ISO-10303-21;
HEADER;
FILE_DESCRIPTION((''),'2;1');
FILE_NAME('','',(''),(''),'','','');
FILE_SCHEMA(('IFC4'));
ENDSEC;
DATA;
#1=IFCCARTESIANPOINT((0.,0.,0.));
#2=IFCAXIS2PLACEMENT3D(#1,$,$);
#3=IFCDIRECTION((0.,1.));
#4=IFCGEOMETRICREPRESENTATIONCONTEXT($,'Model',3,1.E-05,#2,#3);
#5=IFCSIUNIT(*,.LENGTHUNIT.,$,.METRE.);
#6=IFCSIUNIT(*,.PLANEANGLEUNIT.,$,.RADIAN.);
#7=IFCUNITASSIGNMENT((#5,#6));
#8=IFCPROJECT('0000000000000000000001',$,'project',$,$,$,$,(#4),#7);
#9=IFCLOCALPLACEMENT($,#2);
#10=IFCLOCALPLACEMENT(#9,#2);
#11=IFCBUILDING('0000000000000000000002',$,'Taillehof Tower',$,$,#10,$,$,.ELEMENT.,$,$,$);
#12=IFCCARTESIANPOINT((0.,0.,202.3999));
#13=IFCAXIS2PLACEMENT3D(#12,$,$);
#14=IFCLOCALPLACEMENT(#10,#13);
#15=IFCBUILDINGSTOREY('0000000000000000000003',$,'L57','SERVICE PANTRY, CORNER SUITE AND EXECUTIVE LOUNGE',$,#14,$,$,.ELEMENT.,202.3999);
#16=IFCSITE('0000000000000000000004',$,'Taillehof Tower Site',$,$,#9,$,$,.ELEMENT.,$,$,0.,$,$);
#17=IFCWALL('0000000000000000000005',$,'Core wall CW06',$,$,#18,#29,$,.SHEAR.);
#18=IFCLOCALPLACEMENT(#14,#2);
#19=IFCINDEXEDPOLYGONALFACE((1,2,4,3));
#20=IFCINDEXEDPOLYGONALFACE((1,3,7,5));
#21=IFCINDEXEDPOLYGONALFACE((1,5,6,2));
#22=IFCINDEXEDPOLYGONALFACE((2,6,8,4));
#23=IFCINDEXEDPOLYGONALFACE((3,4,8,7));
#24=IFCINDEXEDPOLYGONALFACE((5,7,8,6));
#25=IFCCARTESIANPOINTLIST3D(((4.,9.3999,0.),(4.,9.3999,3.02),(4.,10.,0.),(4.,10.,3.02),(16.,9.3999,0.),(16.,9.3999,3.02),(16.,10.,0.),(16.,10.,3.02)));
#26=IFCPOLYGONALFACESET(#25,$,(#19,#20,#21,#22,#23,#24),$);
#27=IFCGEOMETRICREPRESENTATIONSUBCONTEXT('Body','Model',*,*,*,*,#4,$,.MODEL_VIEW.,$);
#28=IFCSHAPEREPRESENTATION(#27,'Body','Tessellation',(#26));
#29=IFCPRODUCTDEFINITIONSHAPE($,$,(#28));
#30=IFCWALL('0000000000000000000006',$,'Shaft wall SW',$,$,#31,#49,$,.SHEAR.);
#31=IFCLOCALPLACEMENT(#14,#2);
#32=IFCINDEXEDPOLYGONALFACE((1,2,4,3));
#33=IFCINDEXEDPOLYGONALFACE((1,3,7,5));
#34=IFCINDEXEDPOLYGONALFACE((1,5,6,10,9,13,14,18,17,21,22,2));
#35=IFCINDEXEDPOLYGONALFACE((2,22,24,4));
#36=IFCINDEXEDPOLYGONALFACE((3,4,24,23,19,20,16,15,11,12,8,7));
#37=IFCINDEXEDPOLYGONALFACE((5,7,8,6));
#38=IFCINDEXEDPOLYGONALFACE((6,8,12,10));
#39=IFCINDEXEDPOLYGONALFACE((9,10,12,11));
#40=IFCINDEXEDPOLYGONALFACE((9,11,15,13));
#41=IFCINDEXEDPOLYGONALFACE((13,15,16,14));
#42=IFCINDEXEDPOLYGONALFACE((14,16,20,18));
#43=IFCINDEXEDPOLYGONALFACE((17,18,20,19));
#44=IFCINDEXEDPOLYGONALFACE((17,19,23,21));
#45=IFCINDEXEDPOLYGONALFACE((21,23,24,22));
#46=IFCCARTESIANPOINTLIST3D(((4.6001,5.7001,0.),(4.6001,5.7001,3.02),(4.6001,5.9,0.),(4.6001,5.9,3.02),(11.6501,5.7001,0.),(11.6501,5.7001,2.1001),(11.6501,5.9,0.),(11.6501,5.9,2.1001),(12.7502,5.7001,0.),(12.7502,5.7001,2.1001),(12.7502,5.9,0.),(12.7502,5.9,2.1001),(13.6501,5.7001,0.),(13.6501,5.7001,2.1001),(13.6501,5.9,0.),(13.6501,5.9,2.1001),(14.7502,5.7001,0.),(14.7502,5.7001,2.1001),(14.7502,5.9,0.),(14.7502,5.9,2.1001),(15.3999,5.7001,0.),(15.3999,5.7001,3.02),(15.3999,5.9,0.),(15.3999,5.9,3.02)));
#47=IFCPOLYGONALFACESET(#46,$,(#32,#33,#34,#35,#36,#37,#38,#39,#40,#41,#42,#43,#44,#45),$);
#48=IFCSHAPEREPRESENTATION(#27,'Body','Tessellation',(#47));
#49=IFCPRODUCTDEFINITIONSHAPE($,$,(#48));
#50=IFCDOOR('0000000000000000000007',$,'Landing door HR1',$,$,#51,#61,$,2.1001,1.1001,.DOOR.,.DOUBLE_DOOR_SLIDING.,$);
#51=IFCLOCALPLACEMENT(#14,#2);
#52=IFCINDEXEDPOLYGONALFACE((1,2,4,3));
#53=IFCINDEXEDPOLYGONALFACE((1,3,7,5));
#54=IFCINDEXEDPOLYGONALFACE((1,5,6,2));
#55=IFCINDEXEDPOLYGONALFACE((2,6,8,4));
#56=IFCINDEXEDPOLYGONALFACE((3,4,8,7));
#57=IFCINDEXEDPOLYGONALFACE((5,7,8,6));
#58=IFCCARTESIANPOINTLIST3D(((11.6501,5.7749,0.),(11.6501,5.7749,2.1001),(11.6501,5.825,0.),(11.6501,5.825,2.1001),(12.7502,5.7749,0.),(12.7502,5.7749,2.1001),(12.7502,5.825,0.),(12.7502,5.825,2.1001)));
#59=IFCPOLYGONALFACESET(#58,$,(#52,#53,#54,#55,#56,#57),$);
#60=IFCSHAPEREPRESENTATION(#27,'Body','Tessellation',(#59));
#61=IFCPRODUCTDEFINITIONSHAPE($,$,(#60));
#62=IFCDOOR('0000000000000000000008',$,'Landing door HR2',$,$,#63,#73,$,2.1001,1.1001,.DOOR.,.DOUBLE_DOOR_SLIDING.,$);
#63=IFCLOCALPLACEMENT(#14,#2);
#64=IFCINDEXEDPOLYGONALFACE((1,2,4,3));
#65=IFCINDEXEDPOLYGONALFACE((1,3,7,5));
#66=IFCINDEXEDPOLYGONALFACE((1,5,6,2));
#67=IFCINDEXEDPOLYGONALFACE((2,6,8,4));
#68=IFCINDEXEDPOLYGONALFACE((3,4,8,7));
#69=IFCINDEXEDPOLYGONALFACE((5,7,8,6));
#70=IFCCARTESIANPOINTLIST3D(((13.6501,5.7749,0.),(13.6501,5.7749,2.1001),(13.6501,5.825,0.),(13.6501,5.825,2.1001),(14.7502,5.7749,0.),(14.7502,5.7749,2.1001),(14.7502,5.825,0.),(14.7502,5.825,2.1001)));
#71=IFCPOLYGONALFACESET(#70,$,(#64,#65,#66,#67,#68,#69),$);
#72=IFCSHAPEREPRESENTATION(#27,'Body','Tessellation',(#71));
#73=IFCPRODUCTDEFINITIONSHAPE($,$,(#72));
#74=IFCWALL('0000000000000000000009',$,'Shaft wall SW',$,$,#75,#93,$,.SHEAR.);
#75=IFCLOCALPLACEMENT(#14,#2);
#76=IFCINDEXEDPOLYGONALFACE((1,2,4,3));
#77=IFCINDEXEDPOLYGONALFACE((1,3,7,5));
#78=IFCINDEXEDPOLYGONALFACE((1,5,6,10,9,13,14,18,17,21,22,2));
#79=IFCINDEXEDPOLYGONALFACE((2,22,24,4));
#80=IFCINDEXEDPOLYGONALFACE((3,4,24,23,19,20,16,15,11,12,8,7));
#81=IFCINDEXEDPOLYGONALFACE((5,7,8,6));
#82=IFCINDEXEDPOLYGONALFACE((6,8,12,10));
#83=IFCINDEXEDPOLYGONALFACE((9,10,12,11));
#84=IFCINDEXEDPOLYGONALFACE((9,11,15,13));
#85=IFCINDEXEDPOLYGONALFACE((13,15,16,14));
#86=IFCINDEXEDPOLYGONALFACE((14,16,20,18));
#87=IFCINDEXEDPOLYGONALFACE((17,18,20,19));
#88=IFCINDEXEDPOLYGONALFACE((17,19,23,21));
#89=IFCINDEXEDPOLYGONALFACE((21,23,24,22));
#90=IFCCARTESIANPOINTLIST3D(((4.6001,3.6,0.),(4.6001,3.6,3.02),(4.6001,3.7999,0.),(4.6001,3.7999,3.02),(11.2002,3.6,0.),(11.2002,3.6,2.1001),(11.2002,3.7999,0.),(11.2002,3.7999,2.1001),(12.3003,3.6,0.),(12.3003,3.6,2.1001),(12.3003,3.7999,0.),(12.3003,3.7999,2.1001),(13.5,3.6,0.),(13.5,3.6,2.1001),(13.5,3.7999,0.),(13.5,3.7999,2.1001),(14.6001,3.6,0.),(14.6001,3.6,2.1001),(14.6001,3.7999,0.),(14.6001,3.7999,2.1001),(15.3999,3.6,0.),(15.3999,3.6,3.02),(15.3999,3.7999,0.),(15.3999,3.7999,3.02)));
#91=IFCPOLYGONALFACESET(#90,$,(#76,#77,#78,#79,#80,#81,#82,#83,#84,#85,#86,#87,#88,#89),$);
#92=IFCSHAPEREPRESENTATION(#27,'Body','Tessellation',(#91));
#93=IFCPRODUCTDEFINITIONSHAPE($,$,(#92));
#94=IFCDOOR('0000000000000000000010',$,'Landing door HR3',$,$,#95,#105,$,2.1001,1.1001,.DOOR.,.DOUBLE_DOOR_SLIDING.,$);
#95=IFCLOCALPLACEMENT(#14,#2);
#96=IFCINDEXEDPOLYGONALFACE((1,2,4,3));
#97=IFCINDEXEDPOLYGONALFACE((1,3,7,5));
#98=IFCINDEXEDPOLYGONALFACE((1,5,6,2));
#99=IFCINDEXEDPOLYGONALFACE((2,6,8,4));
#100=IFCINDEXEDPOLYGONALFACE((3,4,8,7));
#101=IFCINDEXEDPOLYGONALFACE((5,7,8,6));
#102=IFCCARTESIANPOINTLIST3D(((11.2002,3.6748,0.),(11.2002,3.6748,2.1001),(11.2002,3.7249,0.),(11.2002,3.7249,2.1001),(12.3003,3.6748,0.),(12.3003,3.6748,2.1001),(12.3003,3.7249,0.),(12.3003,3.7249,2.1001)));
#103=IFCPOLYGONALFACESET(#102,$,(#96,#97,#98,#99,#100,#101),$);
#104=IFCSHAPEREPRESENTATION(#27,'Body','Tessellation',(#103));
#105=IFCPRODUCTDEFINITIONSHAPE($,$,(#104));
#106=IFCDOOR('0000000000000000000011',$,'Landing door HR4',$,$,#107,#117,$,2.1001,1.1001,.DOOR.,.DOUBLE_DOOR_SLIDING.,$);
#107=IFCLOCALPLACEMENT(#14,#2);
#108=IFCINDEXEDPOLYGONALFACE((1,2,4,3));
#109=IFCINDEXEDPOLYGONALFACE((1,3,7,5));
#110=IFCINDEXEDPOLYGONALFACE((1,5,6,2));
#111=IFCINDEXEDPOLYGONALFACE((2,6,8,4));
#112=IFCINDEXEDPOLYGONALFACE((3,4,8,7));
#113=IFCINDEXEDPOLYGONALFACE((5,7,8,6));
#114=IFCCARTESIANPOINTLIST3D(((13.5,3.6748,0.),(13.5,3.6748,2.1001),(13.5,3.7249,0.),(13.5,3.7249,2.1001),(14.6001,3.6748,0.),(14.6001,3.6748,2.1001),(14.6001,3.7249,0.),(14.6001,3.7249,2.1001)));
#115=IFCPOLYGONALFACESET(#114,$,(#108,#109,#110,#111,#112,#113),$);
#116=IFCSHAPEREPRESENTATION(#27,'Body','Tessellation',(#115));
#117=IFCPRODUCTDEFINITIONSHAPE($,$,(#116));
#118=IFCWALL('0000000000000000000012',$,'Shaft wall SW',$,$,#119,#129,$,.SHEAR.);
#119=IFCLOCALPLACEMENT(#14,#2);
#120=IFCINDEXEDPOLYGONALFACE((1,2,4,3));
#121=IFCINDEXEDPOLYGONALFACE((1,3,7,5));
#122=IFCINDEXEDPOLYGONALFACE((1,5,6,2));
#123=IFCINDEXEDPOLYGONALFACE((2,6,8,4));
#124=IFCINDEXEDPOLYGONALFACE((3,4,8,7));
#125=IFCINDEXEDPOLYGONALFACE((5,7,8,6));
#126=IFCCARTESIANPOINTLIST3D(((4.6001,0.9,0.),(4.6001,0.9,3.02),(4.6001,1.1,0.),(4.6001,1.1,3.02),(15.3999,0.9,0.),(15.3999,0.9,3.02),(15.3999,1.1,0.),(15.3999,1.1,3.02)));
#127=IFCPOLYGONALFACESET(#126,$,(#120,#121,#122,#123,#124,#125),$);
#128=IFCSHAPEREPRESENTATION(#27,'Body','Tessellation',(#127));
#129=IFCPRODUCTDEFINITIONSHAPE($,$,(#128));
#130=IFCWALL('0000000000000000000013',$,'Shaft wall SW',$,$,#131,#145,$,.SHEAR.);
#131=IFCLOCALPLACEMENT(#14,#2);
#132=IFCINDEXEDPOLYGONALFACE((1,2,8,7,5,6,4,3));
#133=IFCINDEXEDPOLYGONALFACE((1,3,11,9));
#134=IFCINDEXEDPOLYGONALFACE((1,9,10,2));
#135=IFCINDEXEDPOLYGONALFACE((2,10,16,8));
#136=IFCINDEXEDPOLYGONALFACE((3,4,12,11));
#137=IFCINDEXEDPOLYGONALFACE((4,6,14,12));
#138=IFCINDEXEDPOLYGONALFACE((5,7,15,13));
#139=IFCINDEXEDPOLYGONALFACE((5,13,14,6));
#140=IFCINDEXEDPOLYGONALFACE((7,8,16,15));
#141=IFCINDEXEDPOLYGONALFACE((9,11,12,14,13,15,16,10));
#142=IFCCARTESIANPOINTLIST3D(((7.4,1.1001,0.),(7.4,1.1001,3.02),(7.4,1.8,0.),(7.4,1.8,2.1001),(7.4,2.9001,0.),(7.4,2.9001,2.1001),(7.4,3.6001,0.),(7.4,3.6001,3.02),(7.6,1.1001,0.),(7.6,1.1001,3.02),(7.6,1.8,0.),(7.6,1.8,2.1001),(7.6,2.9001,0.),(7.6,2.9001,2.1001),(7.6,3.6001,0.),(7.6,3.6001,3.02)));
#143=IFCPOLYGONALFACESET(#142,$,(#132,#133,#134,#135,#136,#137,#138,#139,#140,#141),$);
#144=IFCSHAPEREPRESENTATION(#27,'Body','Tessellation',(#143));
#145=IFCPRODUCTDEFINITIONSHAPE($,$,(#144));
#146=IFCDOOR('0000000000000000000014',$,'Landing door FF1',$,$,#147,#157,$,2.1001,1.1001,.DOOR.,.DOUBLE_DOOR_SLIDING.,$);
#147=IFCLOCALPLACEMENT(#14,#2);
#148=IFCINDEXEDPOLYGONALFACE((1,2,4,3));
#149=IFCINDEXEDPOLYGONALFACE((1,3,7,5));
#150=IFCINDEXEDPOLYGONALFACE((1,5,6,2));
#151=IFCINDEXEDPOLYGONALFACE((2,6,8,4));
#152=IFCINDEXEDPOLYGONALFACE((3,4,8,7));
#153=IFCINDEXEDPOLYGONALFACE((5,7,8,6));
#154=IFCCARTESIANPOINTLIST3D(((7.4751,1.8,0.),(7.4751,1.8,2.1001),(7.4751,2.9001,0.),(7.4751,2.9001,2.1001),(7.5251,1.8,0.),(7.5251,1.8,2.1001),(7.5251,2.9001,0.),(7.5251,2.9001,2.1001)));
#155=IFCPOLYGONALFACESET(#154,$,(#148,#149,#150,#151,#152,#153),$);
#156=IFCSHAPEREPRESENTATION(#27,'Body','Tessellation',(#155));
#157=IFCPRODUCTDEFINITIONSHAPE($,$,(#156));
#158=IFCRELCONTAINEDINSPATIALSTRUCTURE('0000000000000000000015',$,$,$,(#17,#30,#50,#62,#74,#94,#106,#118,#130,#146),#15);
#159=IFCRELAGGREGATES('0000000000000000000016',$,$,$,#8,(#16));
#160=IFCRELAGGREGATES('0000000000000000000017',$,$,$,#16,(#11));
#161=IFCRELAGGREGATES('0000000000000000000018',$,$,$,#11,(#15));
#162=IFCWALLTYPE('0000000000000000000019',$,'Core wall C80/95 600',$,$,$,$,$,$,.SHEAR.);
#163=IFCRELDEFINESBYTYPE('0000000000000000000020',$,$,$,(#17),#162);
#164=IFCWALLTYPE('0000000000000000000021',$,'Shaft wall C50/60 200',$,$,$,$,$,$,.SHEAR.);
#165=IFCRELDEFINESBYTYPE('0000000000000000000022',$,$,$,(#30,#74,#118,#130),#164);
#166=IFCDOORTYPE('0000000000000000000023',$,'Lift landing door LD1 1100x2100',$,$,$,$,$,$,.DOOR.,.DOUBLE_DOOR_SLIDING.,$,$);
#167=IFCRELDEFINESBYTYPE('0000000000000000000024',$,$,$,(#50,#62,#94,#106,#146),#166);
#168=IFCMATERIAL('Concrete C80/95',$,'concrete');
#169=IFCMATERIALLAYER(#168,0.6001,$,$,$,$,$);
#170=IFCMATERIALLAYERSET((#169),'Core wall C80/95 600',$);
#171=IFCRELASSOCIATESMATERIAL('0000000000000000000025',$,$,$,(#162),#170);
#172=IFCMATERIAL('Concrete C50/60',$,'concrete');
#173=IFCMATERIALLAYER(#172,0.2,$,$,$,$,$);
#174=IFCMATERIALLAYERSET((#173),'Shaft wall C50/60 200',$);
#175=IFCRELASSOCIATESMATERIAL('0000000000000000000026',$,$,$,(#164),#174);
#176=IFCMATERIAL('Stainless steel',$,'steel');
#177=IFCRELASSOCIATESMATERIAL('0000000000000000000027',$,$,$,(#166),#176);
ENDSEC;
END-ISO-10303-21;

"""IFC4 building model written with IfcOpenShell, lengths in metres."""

from ifc_helpers import new_model, si_unit, direction, frame, frame_2d, origin, place, context, subcontext, project, spatial, rectangle, extrude, material, layer, layer_set, type_object, element, fill, save


model = new_model("IFC4")

# Units and contexts
model_context = context("Model", 3, precision=1e-05, world=origin(), true_north=direction((0.0, 1.0)))
body_context = subcontext(model_context, "Body", "Model", "MODEL_VIEW")
ifc_project = project(units=[si_unit("LENGTHUNIT", "METRE"), si_unit("PLANEANGLEUNIT", "RADIAN")], contexts=[model_context])

# Site, building, storey
site_placement = place(None, origin())
site = spatial("IfcSite", under=ifc_project, at=site_placement, Name="Taillehof Tower Site", CompositionType="ELEMENT", RefElevation=0.0)
building_placement = place(site_placement, origin())
building = spatial("IfcBuilding", under=site, at=building_placement, Name="Taillehof Tower", CompositionType="ELEMENT")
storey_placement = place(building_placement, frame((0.0, 0.0, 202.3999)))
storey = spatial("IfcBuildingStorey", under=building, at=storey_placement, Name="L57", Description="SERVICE PANTRY, CORNER SUITE AND EXECUTIVE LOUNGE", CompositionType="ELEMENT", Elevation=202.3999)

# Wall
ifc_material_1 = material(Name="Concrete C80/95", Category="concrete")
ifc_layer_1 = layer(ifc_material_1, 0.6001)
ifc_layer_set_1 = layer_set([ifc_layer_1], Name="Core wall C80/95 600")
wall_type_1 = type_object("IfcWallType", Name="Core wall C80/95 600", PredefinedType="SHEAR", material=ifc_layer_set_1)
wall_1_placement = place(storey_placement, frame((4.0, 9.7, 0.0), z_axis=(0.0, 0.0, 1.0), x_axis=(1.0, 0.0, 0.0)))
element("IfcWall", 1, at=wall_1_placement, inside=storey, type_object=wall_type_1, Name="Core wall CW06", PredefinedType="SHEAR", context=body_context, shape_type="SweptSolid", body=[
    extrude(rectangle(XDim=12.0, YDim=0.6001, at=frame_2d((6.0, 0.0))), origin(), (0.0, 0.0, 1.0), 3.02),
])

# Walls, openings, doors
ifc_material_2 = material(Name="Concrete C50/60", Category="concrete")
ifc_layer_2 = layer(ifc_material_2, 0.2)
ifc_layer_set_2 = layer_set([ifc_layer_2], Name="Shaft wall C50/60 200")
wall_type_2 = type_object("IfcWallType", Name="Shaft wall C50/60 200", PredefinedType="SHEAR", material=ifc_layer_set_2)
wall_2_placement = place(storey_placement, frame((4.6001, 5.8, 0.0), z_axis=(0.0, 0.0, 1.0), x_axis=(1.0, 0.0, 0.0)))
wall_2 = element("IfcWall", 2, at=wall_2_placement, inside=storey, type_object=wall_type_2, Name="Shaft wall SW", PredefinedType="SHEAR", context=body_context, shape_type="SweptSolid", body=[
    extrude(rectangle(XDim=10.7998, YDim=0.2, at=frame_2d((5.3999, 0.0))), origin(), (0.0, 0.0, 1.0), 3.02),
])
opening_1_placement = place(wall_2_placement, frame((7.05, 0.0, 0.0)))
opening_1 = element("IfcOpeningElement", 3, at=opening_1_placement, cuts=wall_2, PredefinedType="OPENING", context=body_context, shape_type="SweptSolid", body=[
    extrude(rectangle(XDim=1.1001, YDim=2.1001, at=frame_2d((0.55, 1.05))), frame((0.0, 0.1099, 0.0), z_axis=(0.0, -1.0, 0.0), x_axis=(1.0, 0.0, 0.0)), (0.0, 0.0, 1.0), 0.22),
])
opening_2_placement = place(wall_2_placement, frame((9.05, 0.0, 0.0)))
opening_2 = element("IfcOpeningElement", 4, at=opening_2_placement, cuts=wall_2, PredefinedType="OPENING", context=body_context, shape_type="SweptSolid", body=[
    extrude(rectangle(XDim=1.1001, YDim=2.1001, at=frame_2d((0.55, 1.05))), frame((0.0, 0.1099, 0.0), z_axis=(0.0, -1.0, 0.0), x_axis=(1.0, 0.0, 0.0)), (0.0, 0.0, 1.0), 0.22),
])
ifc_material_3 = material(Name="Stainless steel", Category="steel")
door_type_1 = type_object("IfcDoorType", Name="Lift landing door LD1 1100x2100", OperationType="DOUBLE_DOOR_SLIDING", PredefinedType="DOOR", material=ifc_material_3)
door_1_placement = place(opening_1_placement, origin())
door_1 = element("IfcDoor", 5, at=door_1_placement, inside=storey, type_object=door_type_1, Name="Landing door HR1", OperationType="DOUBLE_DOOR_SLIDING", OverallHeight=2.1001, OverallWidth=1.1001, PredefinedType="DOOR", context=body_context, shape_type="SweptSolid", body=[
    extrude(rectangle(XDim=1.1001, YDim=2.1001, at=frame_2d((0.55, 1.05))), frame((0.0, 0.0249, 0.0), z_axis=(0.0, -1.0, 0.0), x_axis=(1.0, 0.0, 0.0)), (0.0, 0.0, 1.0), 0.05),
])
fill(opening_1, door_1)
door_2_placement = place(opening_2_placement, origin())
door_2 = element("IfcDoor", 6, at=door_2_placement, inside=storey, type_object=door_type_1, Name="Landing door HR2", OperationType="DOUBLE_DOOR_SLIDING", OverallHeight=2.1001, OverallWidth=1.1001, PredefinedType="DOOR", context=body_context, shape_type="SweptSolid", body=[
    extrude(rectangle(XDim=1.1001, YDim=2.1001, at=frame_2d((0.55, 1.05))), frame((0.0, 0.0249, 0.0), z_axis=(0.0, -1.0, 0.0), x_axis=(1.0, 0.0, 0.0)), (0.0, 0.0, 1.0), 0.05),
])
fill(opening_2, door_2)
wall_3_placement = place(storey_placement, frame((4.6001, 3.7, 0.0), z_axis=(0.0, 0.0, 1.0), x_axis=(1.0, 0.0, 0.0)))
wall_3 = element("IfcWall", 7, at=wall_3_placement, inside=storey, type_object=wall_type_2, Name="Shaft wall SW", PredefinedType="SHEAR", context=body_context, shape_type="SweptSolid", body=[
    extrude(rectangle(XDim=10.7998, YDim=0.2, at=frame_2d((5.3999, 0.0))), origin(), (0.0, 0.0, 1.0), 3.02),
])
opening_3_placement = place(wall_3_placement, frame((6.6001, 0.0, 0.0)))
opening_3 = element("IfcOpeningElement", 8, at=opening_3_placement, cuts=wall_3, PredefinedType="OPENING", context=body_context, shape_type="SweptSolid", body=[
    extrude(rectangle(XDim=1.1001, YDim=2.1001, at=frame_2d((0.55, 1.05))), frame((0.0, 0.1099, 0.0), z_axis=(0.0, -1.0, 0.0), x_axis=(1.0, 0.0, 0.0)), (0.0, 0.0, 1.0), 0.22),
])
opening_4_placement = place(wall_3_placement, frame((8.8999, 0.0, 0.0)))
opening_4 = element("IfcOpeningElement", 9, at=opening_4_placement, cuts=wall_3, PredefinedType="OPENING", context=body_context, shape_type="SweptSolid", body=[
    extrude(rectangle(XDim=1.1001, YDim=2.1001, at=frame_2d((0.55, 1.05))), frame((0.0, 0.1099, 0.0), z_axis=(0.0, -1.0, 0.0), x_axis=(1.0, 0.0, 0.0)), (0.0, 0.0, 1.0), 0.22),
])
door_3_placement = place(opening_3_placement, origin())
door_3 = element("IfcDoor", 10, at=door_3_placement, inside=storey, type_object=door_type_1, Name="Landing door HR3", OperationType="DOUBLE_DOOR_SLIDING", OverallHeight=2.1001, OverallWidth=1.1001, PredefinedType="DOOR", context=body_context, shape_type="SweptSolid", body=[
    extrude(rectangle(XDim=1.1001, YDim=2.1001, at=frame_2d((0.55, 1.05))), frame((0.0, 0.0249, 0.0), z_axis=(0.0, -1.0, 0.0), x_axis=(1.0, 0.0, 0.0)), (0.0, 0.0, 1.0), 0.05),
])
fill(opening_3, door_3)
door_4_placement = place(opening_4_placement, origin())
door_4 = element("IfcDoor", 11, at=door_4_placement, inside=storey, type_object=door_type_1, Name="Landing door HR4", OperationType="DOUBLE_DOOR_SLIDING", OverallHeight=2.1001, OverallWidth=1.1001, PredefinedType="DOOR", context=body_context, shape_type="SweptSolid", body=[
    extrude(rectangle(XDim=1.1001, YDim=2.1001, at=frame_2d((0.55, 1.05))), frame((0.0, 0.0249, 0.0), z_axis=(0.0, -1.0, 0.0), x_axis=(1.0, 0.0, 0.0)), (0.0, 0.0, 1.0), 0.05),
])
fill(opening_4, door_4)

# Wall
wall_4_placement = place(storey_placement, frame((4.6001, 1.0, 0.0), z_axis=(0.0, 0.0, 1.0), x_axis=(1.0, 0.0, 0.0)))
element("IfcWall", 12, at=wall_4_placement, inside=storey, type_object=wall_type_2, Name="Shaft wall SW", PredefinedType="SHEAR", context=body_context, shape_type="SweptSolid", body=[
    extrude(rectangle(XDim=10.7998, YDim=0.2, at=frame_2d((5.3999, 0.0))), origin(), (0.0, 0.0, 1.0), 3.02),
])

# Wall, opening, door
wall_5_placement = place(storey_placement, frame((7.5, 1.1001, 0.0), z_axis=(0.0, 0.0, 1.0), x_axis=(0.0, 1.0, 0.0)))
wall_5 = element("IfcWall", 13, at=wall_5_placement, inside=storey, type_object=wall_type_2, Name="Shaft wall SW", PredefinedType="SHEAR", context=body_context, shape_type="SweptSolid", body=[
    extrude(rectangle(XDim=2.5, YDim=0.2, at=frame_2d((1.25, 0.0))), origin(), (0.0, 0.0, 1.0), 3.02),
])
opening_5_placement = place(wall_5_placement, frame((0.7, 0.0, 0.0)))
opening_5 = element("IfcOpeningElement", 14, at=opening_5_placement, cuts=wall_5, PredefinedType="OPENING", context=body_context, shape_type="SweptSolid", body=[
    extrude(rectangle(XDim=1.1001, YDim=2.1001, at=frame_2d((0.55, 1.05))), frame((0.0, 0.1099, 0.0), z_axis=(0.0, -1.0, 0.0), x_axis=(1.0, 0.0, 0.0)), (0.0, 0.0, 1.0), 0.22),
])
door_5_placement = place(opening_5_placement, origin())
door_5 = element("IfcDoor", 15, at=door_5_placement, inside=storey, type_object=door_type_1, Name="Landing door FF1", OperationType="DOUBLE_DOOR_SLIDING", OverallHeight=2.1001, OverallWidth=1.1001, PredefinedType="DOOR", context=body_context, shape_type="SweptSolid", body=[
    extrude(rectangle(XDim=1.1001, YDim=2.1001, at=frame_2d((0.55, 1.05))), frame((0.0, 0.0249, 0.0), z_axis=(0.0, -1.0, 0.0), x_axis=(1.0, 0.0, 0.0)), (0.0, 0.0, 1.0), 0.05),
])
fill(opening_5, door_5)

save(model, "model.ifc")
